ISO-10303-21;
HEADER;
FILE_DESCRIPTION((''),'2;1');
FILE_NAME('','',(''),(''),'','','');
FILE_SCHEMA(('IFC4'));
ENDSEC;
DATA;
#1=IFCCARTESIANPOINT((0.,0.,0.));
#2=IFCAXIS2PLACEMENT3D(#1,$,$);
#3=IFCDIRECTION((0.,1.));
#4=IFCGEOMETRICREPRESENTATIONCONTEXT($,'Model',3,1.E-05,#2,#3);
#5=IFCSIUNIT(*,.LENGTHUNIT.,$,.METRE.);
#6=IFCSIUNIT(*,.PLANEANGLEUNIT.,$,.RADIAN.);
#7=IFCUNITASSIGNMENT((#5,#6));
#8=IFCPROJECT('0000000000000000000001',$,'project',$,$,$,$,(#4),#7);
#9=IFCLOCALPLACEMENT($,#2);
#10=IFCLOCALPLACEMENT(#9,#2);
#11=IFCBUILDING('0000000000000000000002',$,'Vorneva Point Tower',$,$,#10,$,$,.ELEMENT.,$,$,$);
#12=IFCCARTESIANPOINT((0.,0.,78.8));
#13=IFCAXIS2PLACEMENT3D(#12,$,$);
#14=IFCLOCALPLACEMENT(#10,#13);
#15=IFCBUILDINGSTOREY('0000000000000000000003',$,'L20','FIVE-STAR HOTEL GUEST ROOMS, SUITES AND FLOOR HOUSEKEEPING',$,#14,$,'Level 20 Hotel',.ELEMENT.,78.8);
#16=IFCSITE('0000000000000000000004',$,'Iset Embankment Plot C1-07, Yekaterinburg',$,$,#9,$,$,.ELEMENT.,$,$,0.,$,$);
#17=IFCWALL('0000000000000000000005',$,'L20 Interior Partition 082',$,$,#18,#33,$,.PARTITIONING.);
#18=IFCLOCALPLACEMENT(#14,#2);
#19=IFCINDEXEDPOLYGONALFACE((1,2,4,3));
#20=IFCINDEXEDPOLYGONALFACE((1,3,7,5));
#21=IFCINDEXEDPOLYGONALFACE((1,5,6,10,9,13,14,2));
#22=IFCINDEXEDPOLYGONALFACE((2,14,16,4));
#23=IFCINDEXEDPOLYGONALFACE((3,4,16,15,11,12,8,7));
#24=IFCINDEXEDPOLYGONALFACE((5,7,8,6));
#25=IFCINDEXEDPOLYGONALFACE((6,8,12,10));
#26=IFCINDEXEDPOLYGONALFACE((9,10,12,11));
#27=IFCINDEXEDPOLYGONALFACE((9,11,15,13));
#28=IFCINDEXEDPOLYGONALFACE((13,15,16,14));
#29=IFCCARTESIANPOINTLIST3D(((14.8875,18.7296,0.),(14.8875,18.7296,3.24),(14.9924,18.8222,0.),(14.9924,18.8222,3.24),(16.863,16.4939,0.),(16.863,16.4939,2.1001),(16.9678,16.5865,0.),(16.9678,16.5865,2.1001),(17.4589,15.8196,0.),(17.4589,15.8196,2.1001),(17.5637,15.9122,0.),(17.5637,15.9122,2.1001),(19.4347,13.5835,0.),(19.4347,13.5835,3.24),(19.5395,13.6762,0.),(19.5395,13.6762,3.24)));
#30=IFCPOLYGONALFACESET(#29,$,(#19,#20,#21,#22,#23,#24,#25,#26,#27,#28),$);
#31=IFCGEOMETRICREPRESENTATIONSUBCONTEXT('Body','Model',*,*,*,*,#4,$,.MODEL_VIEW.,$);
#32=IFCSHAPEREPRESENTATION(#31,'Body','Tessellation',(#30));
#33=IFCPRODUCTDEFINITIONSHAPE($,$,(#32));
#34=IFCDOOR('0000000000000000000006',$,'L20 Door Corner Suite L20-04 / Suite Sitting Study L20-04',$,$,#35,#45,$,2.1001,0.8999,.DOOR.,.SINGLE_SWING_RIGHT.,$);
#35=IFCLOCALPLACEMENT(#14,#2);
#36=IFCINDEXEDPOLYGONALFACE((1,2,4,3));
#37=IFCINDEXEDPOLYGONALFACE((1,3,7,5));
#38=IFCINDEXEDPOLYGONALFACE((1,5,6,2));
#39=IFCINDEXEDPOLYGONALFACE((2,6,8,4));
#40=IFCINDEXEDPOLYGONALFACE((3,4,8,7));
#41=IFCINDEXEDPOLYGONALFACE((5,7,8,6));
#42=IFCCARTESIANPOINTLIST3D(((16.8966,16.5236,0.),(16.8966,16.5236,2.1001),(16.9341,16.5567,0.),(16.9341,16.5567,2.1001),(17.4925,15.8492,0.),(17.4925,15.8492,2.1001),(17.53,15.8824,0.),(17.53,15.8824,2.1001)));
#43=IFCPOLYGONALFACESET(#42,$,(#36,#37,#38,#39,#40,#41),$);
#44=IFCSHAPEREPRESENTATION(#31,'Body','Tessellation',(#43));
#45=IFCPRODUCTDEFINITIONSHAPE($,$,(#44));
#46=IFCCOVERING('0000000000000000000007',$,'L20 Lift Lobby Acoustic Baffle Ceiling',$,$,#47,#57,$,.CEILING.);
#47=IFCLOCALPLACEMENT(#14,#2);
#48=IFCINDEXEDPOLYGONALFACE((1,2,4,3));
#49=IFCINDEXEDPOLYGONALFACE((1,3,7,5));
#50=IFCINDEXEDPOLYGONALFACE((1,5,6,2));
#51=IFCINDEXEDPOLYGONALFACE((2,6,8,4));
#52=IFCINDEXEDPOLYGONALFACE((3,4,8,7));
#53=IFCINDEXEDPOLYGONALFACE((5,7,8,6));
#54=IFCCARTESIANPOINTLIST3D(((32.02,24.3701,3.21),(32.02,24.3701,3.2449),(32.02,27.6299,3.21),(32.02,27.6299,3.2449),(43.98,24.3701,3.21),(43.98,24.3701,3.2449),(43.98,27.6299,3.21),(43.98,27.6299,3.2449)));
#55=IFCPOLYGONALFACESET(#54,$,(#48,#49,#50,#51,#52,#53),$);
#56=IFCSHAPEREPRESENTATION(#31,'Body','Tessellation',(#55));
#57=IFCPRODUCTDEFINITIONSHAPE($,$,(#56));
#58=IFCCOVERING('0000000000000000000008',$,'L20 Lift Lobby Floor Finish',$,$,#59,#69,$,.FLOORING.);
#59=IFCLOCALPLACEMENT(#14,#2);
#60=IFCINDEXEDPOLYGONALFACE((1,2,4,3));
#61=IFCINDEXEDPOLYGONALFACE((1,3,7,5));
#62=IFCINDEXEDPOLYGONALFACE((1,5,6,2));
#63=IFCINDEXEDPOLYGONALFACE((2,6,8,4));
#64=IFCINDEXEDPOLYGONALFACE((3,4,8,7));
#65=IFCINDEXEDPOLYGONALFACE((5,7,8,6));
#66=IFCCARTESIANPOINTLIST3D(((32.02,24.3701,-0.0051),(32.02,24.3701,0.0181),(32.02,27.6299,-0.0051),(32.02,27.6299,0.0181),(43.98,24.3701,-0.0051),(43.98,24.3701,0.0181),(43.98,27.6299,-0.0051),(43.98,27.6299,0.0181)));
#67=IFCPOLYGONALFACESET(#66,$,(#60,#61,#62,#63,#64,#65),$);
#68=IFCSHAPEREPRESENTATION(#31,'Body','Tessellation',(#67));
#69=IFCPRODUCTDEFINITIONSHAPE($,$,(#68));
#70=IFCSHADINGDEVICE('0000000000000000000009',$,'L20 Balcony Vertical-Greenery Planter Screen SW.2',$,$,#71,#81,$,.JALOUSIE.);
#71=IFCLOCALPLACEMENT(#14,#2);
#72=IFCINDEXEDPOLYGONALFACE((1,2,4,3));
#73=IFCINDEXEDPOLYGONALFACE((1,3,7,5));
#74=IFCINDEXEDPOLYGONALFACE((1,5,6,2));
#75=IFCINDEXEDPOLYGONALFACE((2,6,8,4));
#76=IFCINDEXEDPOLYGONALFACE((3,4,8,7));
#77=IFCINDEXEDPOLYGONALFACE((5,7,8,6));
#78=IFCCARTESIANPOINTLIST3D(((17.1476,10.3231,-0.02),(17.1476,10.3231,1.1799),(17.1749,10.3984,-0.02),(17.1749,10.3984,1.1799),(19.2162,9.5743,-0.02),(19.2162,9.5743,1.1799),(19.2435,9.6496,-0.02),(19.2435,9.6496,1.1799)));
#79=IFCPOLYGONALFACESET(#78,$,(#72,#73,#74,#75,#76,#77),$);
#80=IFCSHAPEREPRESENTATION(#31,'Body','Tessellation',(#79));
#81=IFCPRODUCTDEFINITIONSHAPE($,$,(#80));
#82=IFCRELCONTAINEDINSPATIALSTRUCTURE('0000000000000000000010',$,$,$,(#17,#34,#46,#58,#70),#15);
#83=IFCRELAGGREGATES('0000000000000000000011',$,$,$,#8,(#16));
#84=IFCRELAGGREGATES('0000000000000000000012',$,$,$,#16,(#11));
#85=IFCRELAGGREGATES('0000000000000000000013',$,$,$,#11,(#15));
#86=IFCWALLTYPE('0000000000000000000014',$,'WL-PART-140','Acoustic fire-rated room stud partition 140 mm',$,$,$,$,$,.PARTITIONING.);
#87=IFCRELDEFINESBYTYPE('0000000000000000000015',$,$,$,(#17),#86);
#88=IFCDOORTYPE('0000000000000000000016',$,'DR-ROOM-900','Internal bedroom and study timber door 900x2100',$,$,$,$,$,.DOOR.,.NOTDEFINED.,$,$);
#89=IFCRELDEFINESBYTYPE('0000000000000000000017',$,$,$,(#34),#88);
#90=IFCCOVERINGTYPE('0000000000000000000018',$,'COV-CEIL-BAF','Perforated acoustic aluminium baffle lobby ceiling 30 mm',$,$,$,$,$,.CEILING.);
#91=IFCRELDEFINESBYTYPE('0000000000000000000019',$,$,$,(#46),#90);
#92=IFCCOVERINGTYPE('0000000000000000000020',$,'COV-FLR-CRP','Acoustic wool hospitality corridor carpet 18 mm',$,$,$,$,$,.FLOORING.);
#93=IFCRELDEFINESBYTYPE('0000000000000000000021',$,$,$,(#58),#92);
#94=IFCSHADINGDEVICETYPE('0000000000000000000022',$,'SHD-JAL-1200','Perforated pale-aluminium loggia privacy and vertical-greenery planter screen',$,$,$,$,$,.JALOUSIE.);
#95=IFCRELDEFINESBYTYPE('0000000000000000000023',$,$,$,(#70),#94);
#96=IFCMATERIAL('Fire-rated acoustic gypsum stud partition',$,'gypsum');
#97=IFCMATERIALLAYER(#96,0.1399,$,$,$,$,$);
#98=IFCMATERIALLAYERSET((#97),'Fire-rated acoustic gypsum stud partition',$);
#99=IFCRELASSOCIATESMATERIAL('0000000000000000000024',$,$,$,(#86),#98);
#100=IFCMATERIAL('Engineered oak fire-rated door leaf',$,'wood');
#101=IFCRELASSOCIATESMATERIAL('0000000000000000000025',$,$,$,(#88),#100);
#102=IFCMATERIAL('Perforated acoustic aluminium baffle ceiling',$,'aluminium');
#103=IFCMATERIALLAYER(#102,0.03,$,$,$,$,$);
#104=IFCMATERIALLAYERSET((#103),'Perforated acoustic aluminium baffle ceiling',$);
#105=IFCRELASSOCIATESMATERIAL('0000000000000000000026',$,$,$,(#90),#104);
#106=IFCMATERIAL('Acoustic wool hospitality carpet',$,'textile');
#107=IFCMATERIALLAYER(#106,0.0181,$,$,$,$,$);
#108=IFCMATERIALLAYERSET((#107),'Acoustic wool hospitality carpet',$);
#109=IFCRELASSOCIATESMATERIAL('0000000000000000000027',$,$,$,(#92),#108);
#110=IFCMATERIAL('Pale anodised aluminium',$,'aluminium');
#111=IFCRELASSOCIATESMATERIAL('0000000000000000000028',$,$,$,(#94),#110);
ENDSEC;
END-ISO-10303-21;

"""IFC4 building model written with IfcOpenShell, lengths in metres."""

from ifc_helpers import new_model, si_unit, direction, frame, frame_2d, origin, origin_2d, place, context, subcontext, project, spatial, polyline, rectangle, outline, extrude, material, layer, layer_set, type_object, element, fill, save


model = new_model("IFC4")

# Units and contexts
model_context = context("Model", 3, precision=1e-05, world=origin(), true_north=direction((0.0, 1.0)))
body_context = subcontext(model_context, "Body", "Model", "MODEL_VIEW")
ifc_project = project(units=[si_unit("LENGTHUNIT", "METRE"), si_unit("PLANEANGLEUNIT", "RADIAN")], contexts=[model_context])

# Site, building, storey
site_placement = place(None, origin())
site = spatial("IfcSite", under=ifc_project, at=site_placement, Name="Iset Embankment Plot C1-07, Yekaterinburg", CompositionType="ELEMENT", RefElevation=0.0)
building_placement = place(site_placement, origin())
building = spatial("IfcBuilding", under=site, at=building_placement, Name="Vorneva Point Tower", CompositionType="ELEMENT")
storey_placement = place(building_placement, frame((0.0, 0.0, 78.8)))
storey = spatial("IfcBuildingStorey", under=building, at=storey_placement, Name="L20", Description="FIVE-STAR HOTEL GUEST ROOMS, SUITES AND FLOOR HOUSEKEEPING", LongName="Level 20 Hotel", CompositionType="ELEMENT", Elevation=78.8)

# Shared definitions
ifc_material_1 = material(Name="Pale anodised aluminium", Category="aluminium")

# Shared definitions
ifc_material_2 = material(Name="Fire-rated acoustic gypsum stud partition", Category="gypsum")
ifc_layer_1 = layer(ifc_material_2, 0.1399)
ifc_layer_set_1 = layer_set([ifc_layer_1], Name="Fire-rated acoustic gypsum stud partition")
wall_type = type_object("IfcWallType", Name="WL-PART-140", Description="Acoustic fire-rated room stud partition 140 mm", PredefinedType="PARTITIONING", material=ifc_layer_set_1)

# Wall, opening, door
wall_1_placement = place(storey_placement, frame((14.9399, 18.7759, 0.0), z_axis=(0.0, 0.0, 1.0), x_axis=(0.662156, -0.749366, 0.0)))
wall_1 = element("IfcWall", 1, at=wall_1_placement, inside=storey, type_object=wall_type, Name="L20 Interior Partition 082", PredefinedType="PARTITIONING", context=body_context, shape_type="SweptSolid", body=[
    extrude(rectangle(XDim=6.8672, YDim=0.1399, at=frame_2d((3.4336, 0.0))), origin(), (0.0, 0.0, 1.0), 3.24),
])
opening_placement = place(wall_1_placement, frame((2.9834, 0.0, 0.0)))
opening = element("IfcOpeningElement", 2, at=opening_placement, cuts=wall_1, PredefinedType="OPENING", context=body_context, shape_type="SweptSolid", body=[
    extrude(rectangle(XDim=0.8999, YDim=2.1001, at=frame_2d((0.45, 1.05))), frame((0.0, 0.085, 0.0), z_axis=(0.0, -1.0, 0.0), x_axis=(1.0, 0.0, 0.0)), (0.0, 0.0, 1.0), 0.1697),
])
ifc_material_3 = material(Name="Engineered oak fire-rated door leaf", Category="wood")
door_type = type_object("IfcDoorType", Name="DR-ROOM-900", Description="Internal bedroom and study timber door 900x2100", OperationType="NOTDEFINED", PredefinedType="DOOR", material=ifc_material_3)
door_placement = place(opening_placement, origin())
door = element("IfcDoor", 3, at=door_placement, inside=storey, type_object=door_type, Name="L20 Door Corner Suite L20-04 / Suite Sitting Study L20-04", OperationType="SINGLE_SWING_RIGHT", OverallHeight=2.1001, OverallWidth=0.8999, PredefinedType="DOOR", context=body_context, shape_type="SweptSolid", body=[
    extrude(rectangle(XDim=0.8999, YDim=2.1001, at=frame_2d((0.45, 1.05))), frame((0.0, 0.0249, 0.0), z_axis=(0.0, -1.0, 0.0), x_axis=(1.0, 0.0, 0.0)), (0.0, 0.0, 1.0), 0.05),
])
fill(opening, door)

# Coverings
ifc_material_4 = material(Name="Perforated acoustic aluminium baffle ceiling", Category="aluminium")
ifc_layer_2 = layer(ifc_material_4, 0.03)
ifc_layer_set_2 = layer_set([ifc_layer_2], Name="Perforated acoustic aluminium baffle ceiling")
covering_type_1 = type_object("IfcCoveringType", Name="COV-CEIL-BAF", Description="Perforated acoustic aluminium baffle lobby ceiling 30 mm", PredefinedType="CEILING", material=ifc_layer_set_2)
covering_1_placement = place(storey_placement, frame((0.0, 0.0, 3.21)))
element("IfcCovering", 4, at=covering_1_placement, inside=storey, type_object=covering_type_1, Name="L20 Lift Lobby Acoustic Baffle Ceiling", PredefinedType="CEILING", context=body_context, shape_type="SweptSolid", body=[
    extrude(outline(polyline([(32.02, 24.3701), (43.98, 24.3701), (43.98, 27.6299), (32.02, 27.6299), (32.02, 24.3701)])), origin(), (0.0, 0.0, 1.0), 0.0349),
])
ifc_material_5 = material(Name="Acoustic wool hospitality carpet", Category="textile")
ifc_layer_3 = layer(ifc_material_5, 0.0181)
ifc_layer_set_3 = layer_set([ifc_layer_3], Name="Acoustic wool hospitality carpet")
covering_type_2 = type_object("IfcCoveringType", Name="COV-FLR-CRP", Description="Acoustic wool hospitality corridor carpet 18 mm", PredefinedType="FLOORING", material=ifc_layer_set_3)
covering_2_placement = place(storey_placement, frame((0.0, 0.0, -0.0051)))
element("IfcCovering", 5, at=covering_2_placement, inside=storey, type_object=covering_type_2, Name="L20 Lift Lobby Floor Finish", PredefinedType="FLOORING", context=body_context, shape_type="SweptSolid", body=[
    extrude(outline(polyline([(32.02, 24.3701), (43.98, 24.3701), (43.98, 27.6299), (32.02, 27.6299), (32.02, 24.3701)])), origin(), (0.0, 0.0, 1.0), 0.0232),
])

# Shading device
shading_device_type = type_object("IfcShadingDeviceType", Name="SHD-JAL-1200", Description="Perforated pale-aluminium loggia privacy and vertical-greenery planter screen", PredefinedType="JALOUSIE", material=ifc_material_1)
shading_device_placement = place(storey_placement, frame((18.1956, 9.9863, -0.02), z_axis=(0.0, 0.0, 1.0), x_axis=(0.940294, -0.340363, 0.0)))
element("IfcShadingDevice", 6, at=shading_device_placement, inside=storey, type_object=shading_device_type, Name="L20 Balcony Vertical-Greenery Planter Screen SW.2", PredefinedType="JALOUSIE", context=body_context, shape_type="SweptSolid", body=[
    extrude(rectangle(XDim=2.2, YDim=0.0801, at=origin_2d()), origin(), (0.0, 0.0, 1.0), 1.2),
])

save(model, "model.ifc")
